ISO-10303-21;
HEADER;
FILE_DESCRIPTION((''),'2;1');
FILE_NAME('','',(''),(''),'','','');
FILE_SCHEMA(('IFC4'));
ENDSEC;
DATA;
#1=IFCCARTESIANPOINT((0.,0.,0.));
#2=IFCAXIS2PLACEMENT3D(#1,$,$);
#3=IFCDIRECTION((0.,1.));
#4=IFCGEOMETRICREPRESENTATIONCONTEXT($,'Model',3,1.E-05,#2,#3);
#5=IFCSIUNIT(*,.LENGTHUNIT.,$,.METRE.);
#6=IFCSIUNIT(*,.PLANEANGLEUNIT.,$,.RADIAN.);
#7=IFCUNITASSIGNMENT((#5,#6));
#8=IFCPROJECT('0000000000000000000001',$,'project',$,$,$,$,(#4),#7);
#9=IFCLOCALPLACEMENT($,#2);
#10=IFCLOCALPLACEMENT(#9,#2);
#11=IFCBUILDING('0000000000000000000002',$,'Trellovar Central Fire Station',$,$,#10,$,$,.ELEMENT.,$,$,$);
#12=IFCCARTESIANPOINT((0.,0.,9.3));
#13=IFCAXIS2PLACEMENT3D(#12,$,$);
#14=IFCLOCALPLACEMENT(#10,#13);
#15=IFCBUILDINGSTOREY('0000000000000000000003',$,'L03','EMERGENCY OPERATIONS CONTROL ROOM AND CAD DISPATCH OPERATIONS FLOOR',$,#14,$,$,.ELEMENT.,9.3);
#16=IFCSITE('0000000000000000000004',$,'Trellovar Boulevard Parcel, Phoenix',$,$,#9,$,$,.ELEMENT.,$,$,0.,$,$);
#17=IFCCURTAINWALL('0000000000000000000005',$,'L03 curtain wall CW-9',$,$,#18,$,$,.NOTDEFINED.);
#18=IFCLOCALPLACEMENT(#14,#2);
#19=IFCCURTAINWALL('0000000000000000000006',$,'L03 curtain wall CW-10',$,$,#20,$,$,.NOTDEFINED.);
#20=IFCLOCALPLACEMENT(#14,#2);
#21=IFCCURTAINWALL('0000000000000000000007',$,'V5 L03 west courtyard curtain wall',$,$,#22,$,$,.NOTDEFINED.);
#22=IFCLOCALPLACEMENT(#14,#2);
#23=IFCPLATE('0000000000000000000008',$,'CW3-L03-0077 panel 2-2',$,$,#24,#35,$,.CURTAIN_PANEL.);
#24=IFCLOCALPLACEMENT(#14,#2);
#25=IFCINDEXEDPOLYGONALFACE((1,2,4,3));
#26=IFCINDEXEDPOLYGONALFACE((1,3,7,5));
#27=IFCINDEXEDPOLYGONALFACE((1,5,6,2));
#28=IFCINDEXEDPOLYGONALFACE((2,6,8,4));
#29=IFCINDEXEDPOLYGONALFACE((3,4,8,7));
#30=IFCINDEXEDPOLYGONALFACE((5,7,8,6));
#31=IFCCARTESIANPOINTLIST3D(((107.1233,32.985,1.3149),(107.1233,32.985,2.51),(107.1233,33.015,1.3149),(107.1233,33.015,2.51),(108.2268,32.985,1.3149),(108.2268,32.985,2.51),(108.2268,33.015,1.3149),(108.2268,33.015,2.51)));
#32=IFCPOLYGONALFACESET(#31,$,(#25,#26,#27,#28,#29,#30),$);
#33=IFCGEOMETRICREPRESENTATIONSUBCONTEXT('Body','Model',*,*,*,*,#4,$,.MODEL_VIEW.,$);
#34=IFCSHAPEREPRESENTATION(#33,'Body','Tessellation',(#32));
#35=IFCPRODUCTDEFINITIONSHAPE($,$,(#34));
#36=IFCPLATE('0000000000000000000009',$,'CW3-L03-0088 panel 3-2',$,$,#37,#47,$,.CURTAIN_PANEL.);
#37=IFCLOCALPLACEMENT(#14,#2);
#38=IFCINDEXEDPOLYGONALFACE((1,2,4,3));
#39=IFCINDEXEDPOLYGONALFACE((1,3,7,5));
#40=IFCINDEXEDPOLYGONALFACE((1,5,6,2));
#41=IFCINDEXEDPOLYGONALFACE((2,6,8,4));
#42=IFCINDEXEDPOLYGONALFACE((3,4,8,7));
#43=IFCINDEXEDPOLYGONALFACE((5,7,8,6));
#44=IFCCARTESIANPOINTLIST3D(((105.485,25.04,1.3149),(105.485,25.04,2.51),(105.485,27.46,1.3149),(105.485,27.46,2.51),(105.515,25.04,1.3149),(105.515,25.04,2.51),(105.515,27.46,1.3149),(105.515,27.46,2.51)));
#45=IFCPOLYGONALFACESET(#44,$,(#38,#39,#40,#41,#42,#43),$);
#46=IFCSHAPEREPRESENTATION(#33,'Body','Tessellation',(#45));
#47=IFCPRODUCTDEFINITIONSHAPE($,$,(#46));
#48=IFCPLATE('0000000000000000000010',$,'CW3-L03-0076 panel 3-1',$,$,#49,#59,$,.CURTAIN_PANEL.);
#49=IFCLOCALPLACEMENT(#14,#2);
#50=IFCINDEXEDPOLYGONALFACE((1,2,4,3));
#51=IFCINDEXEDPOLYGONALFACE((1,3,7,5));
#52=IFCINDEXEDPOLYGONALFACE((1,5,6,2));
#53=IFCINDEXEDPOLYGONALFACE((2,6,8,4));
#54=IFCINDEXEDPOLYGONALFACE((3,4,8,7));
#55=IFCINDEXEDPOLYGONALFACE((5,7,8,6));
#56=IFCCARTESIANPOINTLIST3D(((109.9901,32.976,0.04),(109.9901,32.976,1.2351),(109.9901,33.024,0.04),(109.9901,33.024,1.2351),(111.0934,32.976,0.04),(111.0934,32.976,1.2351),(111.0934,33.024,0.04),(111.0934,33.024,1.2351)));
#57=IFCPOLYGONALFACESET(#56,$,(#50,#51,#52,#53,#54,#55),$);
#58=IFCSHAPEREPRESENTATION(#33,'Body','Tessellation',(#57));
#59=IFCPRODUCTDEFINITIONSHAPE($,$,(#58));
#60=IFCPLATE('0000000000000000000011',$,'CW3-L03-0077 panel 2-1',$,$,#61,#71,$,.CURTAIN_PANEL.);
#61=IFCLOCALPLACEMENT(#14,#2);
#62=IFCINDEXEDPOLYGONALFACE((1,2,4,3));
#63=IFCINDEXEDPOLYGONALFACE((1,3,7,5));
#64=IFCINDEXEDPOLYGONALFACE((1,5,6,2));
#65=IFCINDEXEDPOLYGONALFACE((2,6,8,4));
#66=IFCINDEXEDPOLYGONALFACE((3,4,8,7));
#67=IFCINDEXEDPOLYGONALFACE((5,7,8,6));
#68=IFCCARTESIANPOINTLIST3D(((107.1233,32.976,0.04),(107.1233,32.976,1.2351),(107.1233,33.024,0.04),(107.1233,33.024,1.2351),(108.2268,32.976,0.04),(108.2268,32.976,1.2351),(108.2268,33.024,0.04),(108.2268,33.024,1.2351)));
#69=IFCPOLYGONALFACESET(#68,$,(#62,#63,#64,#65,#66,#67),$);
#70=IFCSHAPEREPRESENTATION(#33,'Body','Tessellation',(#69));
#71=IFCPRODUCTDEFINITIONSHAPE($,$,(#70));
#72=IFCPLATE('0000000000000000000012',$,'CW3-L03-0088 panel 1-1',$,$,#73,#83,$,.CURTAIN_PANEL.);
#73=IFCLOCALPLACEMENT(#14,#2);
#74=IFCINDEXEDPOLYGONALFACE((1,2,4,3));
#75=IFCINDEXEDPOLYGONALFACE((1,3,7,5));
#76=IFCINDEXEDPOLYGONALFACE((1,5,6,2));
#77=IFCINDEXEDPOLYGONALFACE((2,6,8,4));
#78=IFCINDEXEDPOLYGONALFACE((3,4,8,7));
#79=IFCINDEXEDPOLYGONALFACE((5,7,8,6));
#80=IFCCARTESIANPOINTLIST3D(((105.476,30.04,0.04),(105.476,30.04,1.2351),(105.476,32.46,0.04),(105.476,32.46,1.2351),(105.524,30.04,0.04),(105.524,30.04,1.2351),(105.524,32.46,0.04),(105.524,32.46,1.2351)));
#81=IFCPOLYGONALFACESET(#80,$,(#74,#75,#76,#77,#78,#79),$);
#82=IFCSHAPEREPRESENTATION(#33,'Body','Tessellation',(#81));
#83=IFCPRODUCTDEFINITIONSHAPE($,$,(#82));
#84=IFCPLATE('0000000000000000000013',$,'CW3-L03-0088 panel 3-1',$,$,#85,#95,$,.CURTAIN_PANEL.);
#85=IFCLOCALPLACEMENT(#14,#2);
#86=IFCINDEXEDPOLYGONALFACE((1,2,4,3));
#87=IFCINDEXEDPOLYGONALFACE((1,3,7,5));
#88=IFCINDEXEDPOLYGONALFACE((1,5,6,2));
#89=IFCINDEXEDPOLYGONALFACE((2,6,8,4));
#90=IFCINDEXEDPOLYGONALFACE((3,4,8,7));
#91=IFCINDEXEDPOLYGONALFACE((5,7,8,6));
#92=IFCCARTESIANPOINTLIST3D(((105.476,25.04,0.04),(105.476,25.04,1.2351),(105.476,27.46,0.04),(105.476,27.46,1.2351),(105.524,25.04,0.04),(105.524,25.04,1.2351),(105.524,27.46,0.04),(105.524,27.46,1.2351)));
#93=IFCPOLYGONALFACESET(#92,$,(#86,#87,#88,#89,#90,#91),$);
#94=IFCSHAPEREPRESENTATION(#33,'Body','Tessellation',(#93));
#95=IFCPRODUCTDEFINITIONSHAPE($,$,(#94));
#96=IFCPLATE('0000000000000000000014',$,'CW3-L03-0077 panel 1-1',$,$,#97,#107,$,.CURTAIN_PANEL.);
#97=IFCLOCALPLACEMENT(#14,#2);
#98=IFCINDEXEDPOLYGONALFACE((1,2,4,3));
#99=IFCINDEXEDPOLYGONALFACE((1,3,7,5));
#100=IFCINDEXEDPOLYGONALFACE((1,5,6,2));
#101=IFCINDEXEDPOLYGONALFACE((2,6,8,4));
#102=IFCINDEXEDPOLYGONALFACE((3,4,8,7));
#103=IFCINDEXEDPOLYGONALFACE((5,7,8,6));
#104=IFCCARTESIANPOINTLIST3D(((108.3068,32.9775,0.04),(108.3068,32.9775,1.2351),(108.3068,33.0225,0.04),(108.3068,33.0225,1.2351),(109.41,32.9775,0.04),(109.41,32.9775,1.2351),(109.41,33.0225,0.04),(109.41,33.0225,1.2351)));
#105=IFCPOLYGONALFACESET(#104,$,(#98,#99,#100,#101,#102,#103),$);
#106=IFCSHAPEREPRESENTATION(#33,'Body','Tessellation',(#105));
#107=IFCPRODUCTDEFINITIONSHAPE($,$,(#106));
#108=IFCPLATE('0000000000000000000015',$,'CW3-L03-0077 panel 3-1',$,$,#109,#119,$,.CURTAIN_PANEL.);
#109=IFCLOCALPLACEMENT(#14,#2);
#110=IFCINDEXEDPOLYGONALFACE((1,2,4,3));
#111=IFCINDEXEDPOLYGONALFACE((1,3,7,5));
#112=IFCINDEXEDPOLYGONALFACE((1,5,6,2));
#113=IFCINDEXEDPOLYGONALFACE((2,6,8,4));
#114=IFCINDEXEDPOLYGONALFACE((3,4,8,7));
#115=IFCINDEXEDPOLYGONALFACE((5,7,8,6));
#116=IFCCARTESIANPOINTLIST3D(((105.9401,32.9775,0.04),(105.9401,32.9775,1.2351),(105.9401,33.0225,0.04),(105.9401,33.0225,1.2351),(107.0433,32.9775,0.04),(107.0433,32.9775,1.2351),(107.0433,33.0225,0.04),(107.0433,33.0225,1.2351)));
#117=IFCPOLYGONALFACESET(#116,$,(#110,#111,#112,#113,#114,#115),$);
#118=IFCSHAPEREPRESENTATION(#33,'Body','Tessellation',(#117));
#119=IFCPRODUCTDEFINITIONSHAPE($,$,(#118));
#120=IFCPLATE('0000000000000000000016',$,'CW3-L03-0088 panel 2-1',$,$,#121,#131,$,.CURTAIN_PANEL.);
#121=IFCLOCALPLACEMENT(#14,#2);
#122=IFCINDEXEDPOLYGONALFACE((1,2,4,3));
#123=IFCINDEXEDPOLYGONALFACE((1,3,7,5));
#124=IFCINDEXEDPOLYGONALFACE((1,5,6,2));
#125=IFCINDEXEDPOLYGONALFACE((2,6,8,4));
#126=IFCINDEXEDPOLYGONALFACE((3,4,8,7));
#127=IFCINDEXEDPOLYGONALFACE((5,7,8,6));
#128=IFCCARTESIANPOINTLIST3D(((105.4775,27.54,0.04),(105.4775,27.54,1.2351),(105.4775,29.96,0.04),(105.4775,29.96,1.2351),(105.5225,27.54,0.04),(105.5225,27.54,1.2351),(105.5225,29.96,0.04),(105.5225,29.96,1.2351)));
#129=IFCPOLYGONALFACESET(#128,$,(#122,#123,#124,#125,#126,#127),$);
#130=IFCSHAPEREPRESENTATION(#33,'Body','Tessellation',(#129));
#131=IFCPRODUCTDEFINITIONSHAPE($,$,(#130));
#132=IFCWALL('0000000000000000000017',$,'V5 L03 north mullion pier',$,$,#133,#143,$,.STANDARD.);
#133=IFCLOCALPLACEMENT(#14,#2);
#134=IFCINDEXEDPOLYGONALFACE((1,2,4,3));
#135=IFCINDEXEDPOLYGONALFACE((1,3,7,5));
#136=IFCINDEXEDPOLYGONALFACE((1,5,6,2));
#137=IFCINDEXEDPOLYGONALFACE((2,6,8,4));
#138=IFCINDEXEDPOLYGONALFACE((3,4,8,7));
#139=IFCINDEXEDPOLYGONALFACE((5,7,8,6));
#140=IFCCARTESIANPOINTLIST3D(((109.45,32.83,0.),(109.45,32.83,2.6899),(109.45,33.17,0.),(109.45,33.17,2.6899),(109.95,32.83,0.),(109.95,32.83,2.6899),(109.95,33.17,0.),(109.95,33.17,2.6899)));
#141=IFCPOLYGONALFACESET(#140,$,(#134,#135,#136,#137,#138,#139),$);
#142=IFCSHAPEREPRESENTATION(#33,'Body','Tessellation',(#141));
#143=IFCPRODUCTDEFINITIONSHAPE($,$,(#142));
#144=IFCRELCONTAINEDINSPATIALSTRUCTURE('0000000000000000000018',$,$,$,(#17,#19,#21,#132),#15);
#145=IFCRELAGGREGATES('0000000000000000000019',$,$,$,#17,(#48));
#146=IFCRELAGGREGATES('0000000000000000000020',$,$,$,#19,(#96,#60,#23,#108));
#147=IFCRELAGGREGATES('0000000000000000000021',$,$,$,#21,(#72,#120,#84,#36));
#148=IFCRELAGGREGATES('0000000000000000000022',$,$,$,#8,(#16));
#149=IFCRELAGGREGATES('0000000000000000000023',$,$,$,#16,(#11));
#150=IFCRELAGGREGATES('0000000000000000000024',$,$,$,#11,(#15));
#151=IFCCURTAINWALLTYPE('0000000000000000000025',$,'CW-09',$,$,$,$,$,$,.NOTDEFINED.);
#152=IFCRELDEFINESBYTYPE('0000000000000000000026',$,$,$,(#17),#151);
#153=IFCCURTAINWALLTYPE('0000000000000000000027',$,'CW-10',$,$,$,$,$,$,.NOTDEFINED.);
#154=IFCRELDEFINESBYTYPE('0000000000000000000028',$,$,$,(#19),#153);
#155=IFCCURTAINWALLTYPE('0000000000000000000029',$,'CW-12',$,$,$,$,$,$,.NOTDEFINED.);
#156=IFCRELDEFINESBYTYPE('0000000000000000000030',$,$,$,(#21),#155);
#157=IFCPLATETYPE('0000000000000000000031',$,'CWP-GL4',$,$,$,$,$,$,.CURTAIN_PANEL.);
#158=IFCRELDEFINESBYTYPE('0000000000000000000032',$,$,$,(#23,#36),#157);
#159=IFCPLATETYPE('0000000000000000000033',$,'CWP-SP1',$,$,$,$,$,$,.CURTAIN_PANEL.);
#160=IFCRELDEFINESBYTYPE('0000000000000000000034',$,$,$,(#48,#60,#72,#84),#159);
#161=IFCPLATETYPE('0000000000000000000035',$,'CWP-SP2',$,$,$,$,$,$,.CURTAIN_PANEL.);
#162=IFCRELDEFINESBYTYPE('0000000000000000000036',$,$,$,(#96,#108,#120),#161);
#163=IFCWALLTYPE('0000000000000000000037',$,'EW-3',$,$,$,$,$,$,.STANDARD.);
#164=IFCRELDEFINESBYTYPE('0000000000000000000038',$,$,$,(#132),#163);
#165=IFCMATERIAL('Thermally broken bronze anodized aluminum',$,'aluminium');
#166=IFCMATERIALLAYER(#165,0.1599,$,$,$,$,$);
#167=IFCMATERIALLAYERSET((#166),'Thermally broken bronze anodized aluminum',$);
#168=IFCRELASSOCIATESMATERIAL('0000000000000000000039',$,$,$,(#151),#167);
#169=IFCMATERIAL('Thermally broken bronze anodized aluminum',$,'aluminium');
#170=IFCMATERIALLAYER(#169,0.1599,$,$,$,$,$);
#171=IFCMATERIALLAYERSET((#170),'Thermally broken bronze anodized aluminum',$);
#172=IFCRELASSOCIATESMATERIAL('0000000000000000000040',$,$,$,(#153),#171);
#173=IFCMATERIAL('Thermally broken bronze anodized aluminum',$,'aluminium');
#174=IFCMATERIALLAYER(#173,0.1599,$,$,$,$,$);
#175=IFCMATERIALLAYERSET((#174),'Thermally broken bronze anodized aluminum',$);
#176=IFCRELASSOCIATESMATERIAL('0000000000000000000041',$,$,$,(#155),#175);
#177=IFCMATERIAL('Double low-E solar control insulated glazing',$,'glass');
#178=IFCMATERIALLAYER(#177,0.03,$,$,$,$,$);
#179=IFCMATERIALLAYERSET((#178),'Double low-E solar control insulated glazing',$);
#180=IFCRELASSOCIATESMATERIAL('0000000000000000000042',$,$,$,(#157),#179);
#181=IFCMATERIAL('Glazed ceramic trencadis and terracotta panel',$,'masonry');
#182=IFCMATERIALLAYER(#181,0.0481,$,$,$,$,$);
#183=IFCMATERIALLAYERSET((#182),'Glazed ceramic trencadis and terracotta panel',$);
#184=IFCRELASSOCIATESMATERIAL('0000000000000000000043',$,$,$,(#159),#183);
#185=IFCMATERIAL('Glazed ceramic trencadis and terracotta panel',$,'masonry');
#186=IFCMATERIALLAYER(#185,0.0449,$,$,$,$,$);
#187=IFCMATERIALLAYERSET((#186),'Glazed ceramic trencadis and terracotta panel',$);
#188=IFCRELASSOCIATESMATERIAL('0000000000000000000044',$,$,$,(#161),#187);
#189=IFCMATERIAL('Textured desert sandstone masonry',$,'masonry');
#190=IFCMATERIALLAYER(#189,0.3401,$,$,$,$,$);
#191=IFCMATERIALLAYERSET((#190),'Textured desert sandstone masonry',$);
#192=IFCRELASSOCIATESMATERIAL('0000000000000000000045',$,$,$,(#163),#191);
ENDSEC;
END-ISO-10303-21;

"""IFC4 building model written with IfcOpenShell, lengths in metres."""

from ifc_helpers import new_model, si_unit, direction, frame, frame_2d, origin, origin_2d, place, context, subcontext, project, spatial, rectangle, extrude, material, layer, layer_set, type_object, element, aggregate, save


model = new_model("IFC4")

# Units and contexts
model_context = context("Model", 3, precision=1e-05, world=origin(), true_north=direction((0.0, 1.0)))
body_context = subcontext(model_context, "Body", "Model", "MODEL_VIEW")
ifc_project = project(units=[si_unit("LENGTHUNIT", "METRE"), si_unit("PLANEANGLEUNIT", "RADIAN")], contexts=[model_context])

# Site, building, storey
site_placement = place(None, origin())
site = spatial("IfcSite", under=ifc_project, at=site_placement, Name="Trellovar Boulevard Parcel, Phoenix", CompositionType="ELEMENT", RefElevation=0.0)
building_placement = place(site_placement, origin())
building = spatial("IfcBuilding", under=site, at=building_placement, Name="Trellovar Central Fire Station", CompositionType="ELEMENT")
storey_placement = place(building_placement, frame((0.0, 0.0, 9.3)))
storey = spatial("IfcBuildingStorey", under=building, at=storey_placement, Name="L03", Description="EMERGENCY OPERATIONS CONTROL ROOM AND CAD DISPATCH OPERATIONS FLOOR", CompositionType="ELEMENT", Elevation=9.3)

# Curtain wall
ifc_material_1 = material(Name="Thermally broken bronze anodized aluminum", Category="aluminium")
ifc_layer_1 = layer(ifc_material_1, 0.1599)
ifc_layer_set_1 = layer_set([ifc_layer_1], Name="Thermally broken bronze anodized aluminum")
curtain_wall_type_1 = type_object("IfcCurtainWallType", Name="CW-09", PredefinedType="NOTDEFINED", material=ifc_layer_set_1)
curtain_wall_1_placement = place(storey_placement, origin())
curtain_wall_1 = element("IfcCurtainWall", 1, at=curtain_wall_1_placement, inside=storey, type_object=curtain_wall_type_1, Name="L03 curtain wall CW-9", PredefinedType="NOTDEFINED")

# Curtain walls
ifc_material_2 = material(Name="Thermally broken bronze anodized aluminum", Category="aluminium")
ifc_layer_2 = layer(ifc_material_2, 0.1599)
ifc_layer_set_2 = layer_set([ifc_layer_2], Name="Thermally broken bronze anodized aluminum")
curtain_wall_type_2 = type_object("IfcCurtainWallType", Name="CW-10", PredefinedType="NOTDEFINED", material=ifc_layer_set_2)
curtain_wall_2_placement = place(storey_placement, origin())
curtain_wall_2 = element("IfcCurtainWall", 2, at=curtain_wall_2_placement, inside=storey, type_object=curtain_wall_type_2, Name="L03 curtain wall CW-10", PredefinedType="NOTDEFINED")
ifc_material_3 = material(Name="Thermally broken bronze anodized aluminum", Category="aluminium")
ifc_layer_3 = layer(ifc_material_3, 0.1599)
ifc_layer_set_3 = layer_set([ifc_layer_3], Name="Thermally broken bronze anodized aluminum")
curtain_wall_type_3 = type_object("IfcCurtainWallType", Name="CW-12", PredefinedType="NOTDEFINED", material=ifc_layer_set_3)
curtain_wall_3_placement = place(storey_placement, origin())
curtain_wall_3 = element("IfcCurtainWall", 3, at=curtain_wall_3_placement, inside=storey, type_object=curtain_wall_type_3, Name="V5 L03 west courtyard curtain wall", PredefinedType="NOTDEFINED")

# Plates
ifc_material_4 = material(Name="Double low-E solar control insulated glazing", Category="glass")
ifc_layer_4 = layer(ifc_material_4, 0.03)
ifc_layer_set_4 = layer_set([ifc_layer_4], Name="Double low-E solar control insulated glazing")
plate_type_1 = type_object("IfcPlateType", Name="CWP-GL4", PredefinedType="CURTAIN_PANEL", material=ifc_layer_set_4)
plate_1_placement = place(storey_placement, frame((107.675, 33.0, 1.3149), z_axis=(0.0, 0.0, 1.0), x_axis=(-1.0, 0.0, 0.0)))
plate_1 = element("IfcPlate", 4, at=plate_1_placement, type_object=plate_type_1, Name="CW3-L03-0077 panel 2-2", PredefinedType="CURTAIN_PANEL", context=body_context, shape_type="SweptSolid", body=[
    extrude(rectangle(XDim=1.1035, YDim=0.03, at=origin_2d()), origin(), (0.0, 0.0, 1.0), 1.1951),
])
plate_2_placement = place(storey_placement, frame((105.5, 26.25, 1.3149), z_axis=(0.0, 0.0, 1.0), x_axis=(0.0, -1.0, 0.0)))
plate_2 = element("IfcPlate", 5, at=plate_2_placement, type_object=plate_type_1, Name="CW3-L03-0088 panel 3-2", PredefinedType="CURTAIN_PANEL", context=body_context, shape_type="SweptSolid", body=[
    extrude(rectangle(XDim=2.4199, YDim=0.03, at=origin_2d()), origin(), (0.0, 0.0, 1.0), 1.1951),
])
ifc_material_5 = material(Name="Glazed ceramic trencadis and terracotta panel", Category="masonry")
ifc_layer_5 = layer(ifc_material_5, 0.0481)
ifc_layer_set_5 = layer_set([ifc_layer_5], Name="Glazed ceramic trencadis and terracotta panel")
plate_type_2 = type_object("IfcPlateType", Name="CWP-SP1", PredefinedType="CURTAIN_PANEL", material=ifc_layer_set_5)
plate_3_placement = place(storey_placement, frame((110.5417, 33.0, 0.04), z_axis=(0.0, 0.0, 1.0), x_axis=(-1.0, 0.0, 0.0)))
plate_3 = element("IfcPlate", 6, at=plate_3_placement, type_object=plate_type_2, Name="CW3-L03-0076 panel 3-1", PredefinedType="CURTAIN_PANEL", context=body_context, shape_type="SweptSolid", body=[
    extrude(rectangle(XDim=1.1033, YDim=0.0481, at=origin_2d()), origin(), (0.0, 0.0, 1.0), 1.1951),
])
aggregate(curtain_wall_1, [plate_3])
plate_4_placement = place(storey_placement, frame((107.675, 33.0, 0.04), z_axis=(0.0, 0.0, 1.0), x_axis=(-1.0, 0.0, 0.0)))
plate_4 = element("IfcPlate", 7, at=plate_4_placement, type_object=plate_type_2, Name="CW3-L03-0077 panel 2-1", PredefinedType="CURTAIN_PANEL", context=body_context, shape_type="SweptSolid", body=[
    extrude(rectangle(XDim=1.1035, YDim=0.0481, at=origin_2d()), origin(), (0.0, 0.0, 1.0), 1.1951),
])
plate_5_placement = place(storey_placement, frame((105.5, 31.25, 0.04), z_axis=(0.0, 0.0, 1.0), x_axis=(0.0, -1.0, 0.0)))
plate_5 = element("IfcPlate", 8, at=plate_5_placement, type_object=plate_type_2, Name="CW3-L03-0088 panel 1-1", PredefinedType="CURTAIN_PANEL", context=body_context, shape_type="SweptSolid", body=[
    extrude(rectangle(XDim=2.4199, YDim=0.0481, at=origin_2d()), origin(), (0.0, 0.0, 1.0), 1.1951),
])
plate_6_placement = place(storey_placement, frame((105.5, 26.25, 0.04), z_axis=(0.0, 0.0, 1.0), x_axis=(0.0, -1.0, 0.0)))
plate_6 = element("IfcPlate", 9, at=plate_6_placement, type_object=plate_type_2, Name="CW3-L03-0088 panel 3-1", PredefinedType="CURTAIN_PANEL", context=body_context, shape_type="SweptSolid", body=[
    extrude(rectangle(XDim=2.4199, YDim=0.0481, at=origin_2d()), origin(), (0.0, 0.0, 1.0), 1.1951),
])
ifc_material_6 = material(Name="Glazed ceramic trencadis and terracotta panel", Category="masonry")
ifc_layer_6 = layer(ifc_material_6, 0.0449)
ifc_layer_set_6 = layer_set([ifc_layer_6], Name="Glazed ceramic trencadis and terracotta panel")
plate_type_3 = type_object("IfcPlateType", Name="CWP-SP2", PredefinedType="CURTAIN_PANEL", material=ifc_layer_set_6)
plate_7_placement = place(storey_placement, frame((108.8584, 33.0, 0.04), z_axis=(0.0, 0.0, 1.0), x_axis=(-1.0, 0.0, 0.0)))
plate_7 = element("IfcPlate", 10, at=plate_7_placement, type_object=plate_type_3, Name="CW3-L03-0077 panel 1-1", PredefinedType="CURTAIN_PANEL", context=body_context, shape_type="SweptSolid", body=[
    extrude(rectangle(XDim=1.1033, YDim=0.0449, at=origin_2d()), origin(), (0.0, 0.0, 1.0), 1.1951),
])
plate_8_placement = place(storey_placement, frame((106.4917, 33.0, 0.04), z_axis=(0.0, 0.0, 1.0), x_axis=(-1.0, 0.0, 0.0)))
plate_8 = element("IfcPlate", 11, at=plate_8_placement, type_object=plate_type_3, Name="CW3-L03-0077 panel 3-1", PredefinedType="CURTAIN_PANEL", context=body_context, shape_type="SweptSolid", body=[
    extrude(rectangle(XDim=1.1033, YDim=0.0449, at=origin_2d()), origin(), (0.0, 0.0, 1.0), 1.1951),
])
aggregate(curtain_wall_2, [plate_7, plate_4, plate_1, plate_8])
plate_9_placement = place(storey_placement, frame((105.5, 28.75, 0.04), z_axis=(0.0, 0.0, 1.0), x_axis=(0.0, -1.0, 0.0)))
plate_9 = element("IfcPlate", 12, at=plate_9_placement, type_object=plate_type_3, Name="CW3-L03-0088 panel 2-1", PredefinedType="CURTAIN_PANEL", context=body_context, shape_type="SweptSolid", body=[
    extrude(rectangle(XDim=2.4199, YDim=0.0449, at=origin_2d()), origin(), (0.0, 0.0, 1.0), 1.1951),
])
aggregate(curtain_wall_3, [plate_5, plate_9, plate_6, plate_2])

# Wall
ifc_material_7 = material(Name="Textured desert sandstone masonry", Category="masonry")
ifc_layer_7 = layer(ifc_material_7, 0.3401)
ifc_layer_set_7 = layer_set([ifc_layer_7], Name="Textured desert sandstone masonry")
wall_type = type_object("IfcWallType", Name="EW-3", PredefinedType="STANDARD", material=ifc_layer_set_7)
wall_placement = place(storey_placement, frame((109.95, 33.0, 0.0), z_axis=(0.0, 0.0, 1.0), x_axis=(-1.0, 0.0, 0.0)))
element("IfcWall", 13, at=wall_placement, inside=storey, type_object=wall_type, Name="V5 L03 north mullion pier", PredefinedType="STANDARD", context=body_context, shape_type="SweptSolid", body=[
    extrude(rectangle(XDim=0.5, YDim=0.3401, at=frame_2d((0.25, 0.0))), origin(), (0.0, 0.0, 1.0), 2.6899),
])

save(model, "model.ifc")
